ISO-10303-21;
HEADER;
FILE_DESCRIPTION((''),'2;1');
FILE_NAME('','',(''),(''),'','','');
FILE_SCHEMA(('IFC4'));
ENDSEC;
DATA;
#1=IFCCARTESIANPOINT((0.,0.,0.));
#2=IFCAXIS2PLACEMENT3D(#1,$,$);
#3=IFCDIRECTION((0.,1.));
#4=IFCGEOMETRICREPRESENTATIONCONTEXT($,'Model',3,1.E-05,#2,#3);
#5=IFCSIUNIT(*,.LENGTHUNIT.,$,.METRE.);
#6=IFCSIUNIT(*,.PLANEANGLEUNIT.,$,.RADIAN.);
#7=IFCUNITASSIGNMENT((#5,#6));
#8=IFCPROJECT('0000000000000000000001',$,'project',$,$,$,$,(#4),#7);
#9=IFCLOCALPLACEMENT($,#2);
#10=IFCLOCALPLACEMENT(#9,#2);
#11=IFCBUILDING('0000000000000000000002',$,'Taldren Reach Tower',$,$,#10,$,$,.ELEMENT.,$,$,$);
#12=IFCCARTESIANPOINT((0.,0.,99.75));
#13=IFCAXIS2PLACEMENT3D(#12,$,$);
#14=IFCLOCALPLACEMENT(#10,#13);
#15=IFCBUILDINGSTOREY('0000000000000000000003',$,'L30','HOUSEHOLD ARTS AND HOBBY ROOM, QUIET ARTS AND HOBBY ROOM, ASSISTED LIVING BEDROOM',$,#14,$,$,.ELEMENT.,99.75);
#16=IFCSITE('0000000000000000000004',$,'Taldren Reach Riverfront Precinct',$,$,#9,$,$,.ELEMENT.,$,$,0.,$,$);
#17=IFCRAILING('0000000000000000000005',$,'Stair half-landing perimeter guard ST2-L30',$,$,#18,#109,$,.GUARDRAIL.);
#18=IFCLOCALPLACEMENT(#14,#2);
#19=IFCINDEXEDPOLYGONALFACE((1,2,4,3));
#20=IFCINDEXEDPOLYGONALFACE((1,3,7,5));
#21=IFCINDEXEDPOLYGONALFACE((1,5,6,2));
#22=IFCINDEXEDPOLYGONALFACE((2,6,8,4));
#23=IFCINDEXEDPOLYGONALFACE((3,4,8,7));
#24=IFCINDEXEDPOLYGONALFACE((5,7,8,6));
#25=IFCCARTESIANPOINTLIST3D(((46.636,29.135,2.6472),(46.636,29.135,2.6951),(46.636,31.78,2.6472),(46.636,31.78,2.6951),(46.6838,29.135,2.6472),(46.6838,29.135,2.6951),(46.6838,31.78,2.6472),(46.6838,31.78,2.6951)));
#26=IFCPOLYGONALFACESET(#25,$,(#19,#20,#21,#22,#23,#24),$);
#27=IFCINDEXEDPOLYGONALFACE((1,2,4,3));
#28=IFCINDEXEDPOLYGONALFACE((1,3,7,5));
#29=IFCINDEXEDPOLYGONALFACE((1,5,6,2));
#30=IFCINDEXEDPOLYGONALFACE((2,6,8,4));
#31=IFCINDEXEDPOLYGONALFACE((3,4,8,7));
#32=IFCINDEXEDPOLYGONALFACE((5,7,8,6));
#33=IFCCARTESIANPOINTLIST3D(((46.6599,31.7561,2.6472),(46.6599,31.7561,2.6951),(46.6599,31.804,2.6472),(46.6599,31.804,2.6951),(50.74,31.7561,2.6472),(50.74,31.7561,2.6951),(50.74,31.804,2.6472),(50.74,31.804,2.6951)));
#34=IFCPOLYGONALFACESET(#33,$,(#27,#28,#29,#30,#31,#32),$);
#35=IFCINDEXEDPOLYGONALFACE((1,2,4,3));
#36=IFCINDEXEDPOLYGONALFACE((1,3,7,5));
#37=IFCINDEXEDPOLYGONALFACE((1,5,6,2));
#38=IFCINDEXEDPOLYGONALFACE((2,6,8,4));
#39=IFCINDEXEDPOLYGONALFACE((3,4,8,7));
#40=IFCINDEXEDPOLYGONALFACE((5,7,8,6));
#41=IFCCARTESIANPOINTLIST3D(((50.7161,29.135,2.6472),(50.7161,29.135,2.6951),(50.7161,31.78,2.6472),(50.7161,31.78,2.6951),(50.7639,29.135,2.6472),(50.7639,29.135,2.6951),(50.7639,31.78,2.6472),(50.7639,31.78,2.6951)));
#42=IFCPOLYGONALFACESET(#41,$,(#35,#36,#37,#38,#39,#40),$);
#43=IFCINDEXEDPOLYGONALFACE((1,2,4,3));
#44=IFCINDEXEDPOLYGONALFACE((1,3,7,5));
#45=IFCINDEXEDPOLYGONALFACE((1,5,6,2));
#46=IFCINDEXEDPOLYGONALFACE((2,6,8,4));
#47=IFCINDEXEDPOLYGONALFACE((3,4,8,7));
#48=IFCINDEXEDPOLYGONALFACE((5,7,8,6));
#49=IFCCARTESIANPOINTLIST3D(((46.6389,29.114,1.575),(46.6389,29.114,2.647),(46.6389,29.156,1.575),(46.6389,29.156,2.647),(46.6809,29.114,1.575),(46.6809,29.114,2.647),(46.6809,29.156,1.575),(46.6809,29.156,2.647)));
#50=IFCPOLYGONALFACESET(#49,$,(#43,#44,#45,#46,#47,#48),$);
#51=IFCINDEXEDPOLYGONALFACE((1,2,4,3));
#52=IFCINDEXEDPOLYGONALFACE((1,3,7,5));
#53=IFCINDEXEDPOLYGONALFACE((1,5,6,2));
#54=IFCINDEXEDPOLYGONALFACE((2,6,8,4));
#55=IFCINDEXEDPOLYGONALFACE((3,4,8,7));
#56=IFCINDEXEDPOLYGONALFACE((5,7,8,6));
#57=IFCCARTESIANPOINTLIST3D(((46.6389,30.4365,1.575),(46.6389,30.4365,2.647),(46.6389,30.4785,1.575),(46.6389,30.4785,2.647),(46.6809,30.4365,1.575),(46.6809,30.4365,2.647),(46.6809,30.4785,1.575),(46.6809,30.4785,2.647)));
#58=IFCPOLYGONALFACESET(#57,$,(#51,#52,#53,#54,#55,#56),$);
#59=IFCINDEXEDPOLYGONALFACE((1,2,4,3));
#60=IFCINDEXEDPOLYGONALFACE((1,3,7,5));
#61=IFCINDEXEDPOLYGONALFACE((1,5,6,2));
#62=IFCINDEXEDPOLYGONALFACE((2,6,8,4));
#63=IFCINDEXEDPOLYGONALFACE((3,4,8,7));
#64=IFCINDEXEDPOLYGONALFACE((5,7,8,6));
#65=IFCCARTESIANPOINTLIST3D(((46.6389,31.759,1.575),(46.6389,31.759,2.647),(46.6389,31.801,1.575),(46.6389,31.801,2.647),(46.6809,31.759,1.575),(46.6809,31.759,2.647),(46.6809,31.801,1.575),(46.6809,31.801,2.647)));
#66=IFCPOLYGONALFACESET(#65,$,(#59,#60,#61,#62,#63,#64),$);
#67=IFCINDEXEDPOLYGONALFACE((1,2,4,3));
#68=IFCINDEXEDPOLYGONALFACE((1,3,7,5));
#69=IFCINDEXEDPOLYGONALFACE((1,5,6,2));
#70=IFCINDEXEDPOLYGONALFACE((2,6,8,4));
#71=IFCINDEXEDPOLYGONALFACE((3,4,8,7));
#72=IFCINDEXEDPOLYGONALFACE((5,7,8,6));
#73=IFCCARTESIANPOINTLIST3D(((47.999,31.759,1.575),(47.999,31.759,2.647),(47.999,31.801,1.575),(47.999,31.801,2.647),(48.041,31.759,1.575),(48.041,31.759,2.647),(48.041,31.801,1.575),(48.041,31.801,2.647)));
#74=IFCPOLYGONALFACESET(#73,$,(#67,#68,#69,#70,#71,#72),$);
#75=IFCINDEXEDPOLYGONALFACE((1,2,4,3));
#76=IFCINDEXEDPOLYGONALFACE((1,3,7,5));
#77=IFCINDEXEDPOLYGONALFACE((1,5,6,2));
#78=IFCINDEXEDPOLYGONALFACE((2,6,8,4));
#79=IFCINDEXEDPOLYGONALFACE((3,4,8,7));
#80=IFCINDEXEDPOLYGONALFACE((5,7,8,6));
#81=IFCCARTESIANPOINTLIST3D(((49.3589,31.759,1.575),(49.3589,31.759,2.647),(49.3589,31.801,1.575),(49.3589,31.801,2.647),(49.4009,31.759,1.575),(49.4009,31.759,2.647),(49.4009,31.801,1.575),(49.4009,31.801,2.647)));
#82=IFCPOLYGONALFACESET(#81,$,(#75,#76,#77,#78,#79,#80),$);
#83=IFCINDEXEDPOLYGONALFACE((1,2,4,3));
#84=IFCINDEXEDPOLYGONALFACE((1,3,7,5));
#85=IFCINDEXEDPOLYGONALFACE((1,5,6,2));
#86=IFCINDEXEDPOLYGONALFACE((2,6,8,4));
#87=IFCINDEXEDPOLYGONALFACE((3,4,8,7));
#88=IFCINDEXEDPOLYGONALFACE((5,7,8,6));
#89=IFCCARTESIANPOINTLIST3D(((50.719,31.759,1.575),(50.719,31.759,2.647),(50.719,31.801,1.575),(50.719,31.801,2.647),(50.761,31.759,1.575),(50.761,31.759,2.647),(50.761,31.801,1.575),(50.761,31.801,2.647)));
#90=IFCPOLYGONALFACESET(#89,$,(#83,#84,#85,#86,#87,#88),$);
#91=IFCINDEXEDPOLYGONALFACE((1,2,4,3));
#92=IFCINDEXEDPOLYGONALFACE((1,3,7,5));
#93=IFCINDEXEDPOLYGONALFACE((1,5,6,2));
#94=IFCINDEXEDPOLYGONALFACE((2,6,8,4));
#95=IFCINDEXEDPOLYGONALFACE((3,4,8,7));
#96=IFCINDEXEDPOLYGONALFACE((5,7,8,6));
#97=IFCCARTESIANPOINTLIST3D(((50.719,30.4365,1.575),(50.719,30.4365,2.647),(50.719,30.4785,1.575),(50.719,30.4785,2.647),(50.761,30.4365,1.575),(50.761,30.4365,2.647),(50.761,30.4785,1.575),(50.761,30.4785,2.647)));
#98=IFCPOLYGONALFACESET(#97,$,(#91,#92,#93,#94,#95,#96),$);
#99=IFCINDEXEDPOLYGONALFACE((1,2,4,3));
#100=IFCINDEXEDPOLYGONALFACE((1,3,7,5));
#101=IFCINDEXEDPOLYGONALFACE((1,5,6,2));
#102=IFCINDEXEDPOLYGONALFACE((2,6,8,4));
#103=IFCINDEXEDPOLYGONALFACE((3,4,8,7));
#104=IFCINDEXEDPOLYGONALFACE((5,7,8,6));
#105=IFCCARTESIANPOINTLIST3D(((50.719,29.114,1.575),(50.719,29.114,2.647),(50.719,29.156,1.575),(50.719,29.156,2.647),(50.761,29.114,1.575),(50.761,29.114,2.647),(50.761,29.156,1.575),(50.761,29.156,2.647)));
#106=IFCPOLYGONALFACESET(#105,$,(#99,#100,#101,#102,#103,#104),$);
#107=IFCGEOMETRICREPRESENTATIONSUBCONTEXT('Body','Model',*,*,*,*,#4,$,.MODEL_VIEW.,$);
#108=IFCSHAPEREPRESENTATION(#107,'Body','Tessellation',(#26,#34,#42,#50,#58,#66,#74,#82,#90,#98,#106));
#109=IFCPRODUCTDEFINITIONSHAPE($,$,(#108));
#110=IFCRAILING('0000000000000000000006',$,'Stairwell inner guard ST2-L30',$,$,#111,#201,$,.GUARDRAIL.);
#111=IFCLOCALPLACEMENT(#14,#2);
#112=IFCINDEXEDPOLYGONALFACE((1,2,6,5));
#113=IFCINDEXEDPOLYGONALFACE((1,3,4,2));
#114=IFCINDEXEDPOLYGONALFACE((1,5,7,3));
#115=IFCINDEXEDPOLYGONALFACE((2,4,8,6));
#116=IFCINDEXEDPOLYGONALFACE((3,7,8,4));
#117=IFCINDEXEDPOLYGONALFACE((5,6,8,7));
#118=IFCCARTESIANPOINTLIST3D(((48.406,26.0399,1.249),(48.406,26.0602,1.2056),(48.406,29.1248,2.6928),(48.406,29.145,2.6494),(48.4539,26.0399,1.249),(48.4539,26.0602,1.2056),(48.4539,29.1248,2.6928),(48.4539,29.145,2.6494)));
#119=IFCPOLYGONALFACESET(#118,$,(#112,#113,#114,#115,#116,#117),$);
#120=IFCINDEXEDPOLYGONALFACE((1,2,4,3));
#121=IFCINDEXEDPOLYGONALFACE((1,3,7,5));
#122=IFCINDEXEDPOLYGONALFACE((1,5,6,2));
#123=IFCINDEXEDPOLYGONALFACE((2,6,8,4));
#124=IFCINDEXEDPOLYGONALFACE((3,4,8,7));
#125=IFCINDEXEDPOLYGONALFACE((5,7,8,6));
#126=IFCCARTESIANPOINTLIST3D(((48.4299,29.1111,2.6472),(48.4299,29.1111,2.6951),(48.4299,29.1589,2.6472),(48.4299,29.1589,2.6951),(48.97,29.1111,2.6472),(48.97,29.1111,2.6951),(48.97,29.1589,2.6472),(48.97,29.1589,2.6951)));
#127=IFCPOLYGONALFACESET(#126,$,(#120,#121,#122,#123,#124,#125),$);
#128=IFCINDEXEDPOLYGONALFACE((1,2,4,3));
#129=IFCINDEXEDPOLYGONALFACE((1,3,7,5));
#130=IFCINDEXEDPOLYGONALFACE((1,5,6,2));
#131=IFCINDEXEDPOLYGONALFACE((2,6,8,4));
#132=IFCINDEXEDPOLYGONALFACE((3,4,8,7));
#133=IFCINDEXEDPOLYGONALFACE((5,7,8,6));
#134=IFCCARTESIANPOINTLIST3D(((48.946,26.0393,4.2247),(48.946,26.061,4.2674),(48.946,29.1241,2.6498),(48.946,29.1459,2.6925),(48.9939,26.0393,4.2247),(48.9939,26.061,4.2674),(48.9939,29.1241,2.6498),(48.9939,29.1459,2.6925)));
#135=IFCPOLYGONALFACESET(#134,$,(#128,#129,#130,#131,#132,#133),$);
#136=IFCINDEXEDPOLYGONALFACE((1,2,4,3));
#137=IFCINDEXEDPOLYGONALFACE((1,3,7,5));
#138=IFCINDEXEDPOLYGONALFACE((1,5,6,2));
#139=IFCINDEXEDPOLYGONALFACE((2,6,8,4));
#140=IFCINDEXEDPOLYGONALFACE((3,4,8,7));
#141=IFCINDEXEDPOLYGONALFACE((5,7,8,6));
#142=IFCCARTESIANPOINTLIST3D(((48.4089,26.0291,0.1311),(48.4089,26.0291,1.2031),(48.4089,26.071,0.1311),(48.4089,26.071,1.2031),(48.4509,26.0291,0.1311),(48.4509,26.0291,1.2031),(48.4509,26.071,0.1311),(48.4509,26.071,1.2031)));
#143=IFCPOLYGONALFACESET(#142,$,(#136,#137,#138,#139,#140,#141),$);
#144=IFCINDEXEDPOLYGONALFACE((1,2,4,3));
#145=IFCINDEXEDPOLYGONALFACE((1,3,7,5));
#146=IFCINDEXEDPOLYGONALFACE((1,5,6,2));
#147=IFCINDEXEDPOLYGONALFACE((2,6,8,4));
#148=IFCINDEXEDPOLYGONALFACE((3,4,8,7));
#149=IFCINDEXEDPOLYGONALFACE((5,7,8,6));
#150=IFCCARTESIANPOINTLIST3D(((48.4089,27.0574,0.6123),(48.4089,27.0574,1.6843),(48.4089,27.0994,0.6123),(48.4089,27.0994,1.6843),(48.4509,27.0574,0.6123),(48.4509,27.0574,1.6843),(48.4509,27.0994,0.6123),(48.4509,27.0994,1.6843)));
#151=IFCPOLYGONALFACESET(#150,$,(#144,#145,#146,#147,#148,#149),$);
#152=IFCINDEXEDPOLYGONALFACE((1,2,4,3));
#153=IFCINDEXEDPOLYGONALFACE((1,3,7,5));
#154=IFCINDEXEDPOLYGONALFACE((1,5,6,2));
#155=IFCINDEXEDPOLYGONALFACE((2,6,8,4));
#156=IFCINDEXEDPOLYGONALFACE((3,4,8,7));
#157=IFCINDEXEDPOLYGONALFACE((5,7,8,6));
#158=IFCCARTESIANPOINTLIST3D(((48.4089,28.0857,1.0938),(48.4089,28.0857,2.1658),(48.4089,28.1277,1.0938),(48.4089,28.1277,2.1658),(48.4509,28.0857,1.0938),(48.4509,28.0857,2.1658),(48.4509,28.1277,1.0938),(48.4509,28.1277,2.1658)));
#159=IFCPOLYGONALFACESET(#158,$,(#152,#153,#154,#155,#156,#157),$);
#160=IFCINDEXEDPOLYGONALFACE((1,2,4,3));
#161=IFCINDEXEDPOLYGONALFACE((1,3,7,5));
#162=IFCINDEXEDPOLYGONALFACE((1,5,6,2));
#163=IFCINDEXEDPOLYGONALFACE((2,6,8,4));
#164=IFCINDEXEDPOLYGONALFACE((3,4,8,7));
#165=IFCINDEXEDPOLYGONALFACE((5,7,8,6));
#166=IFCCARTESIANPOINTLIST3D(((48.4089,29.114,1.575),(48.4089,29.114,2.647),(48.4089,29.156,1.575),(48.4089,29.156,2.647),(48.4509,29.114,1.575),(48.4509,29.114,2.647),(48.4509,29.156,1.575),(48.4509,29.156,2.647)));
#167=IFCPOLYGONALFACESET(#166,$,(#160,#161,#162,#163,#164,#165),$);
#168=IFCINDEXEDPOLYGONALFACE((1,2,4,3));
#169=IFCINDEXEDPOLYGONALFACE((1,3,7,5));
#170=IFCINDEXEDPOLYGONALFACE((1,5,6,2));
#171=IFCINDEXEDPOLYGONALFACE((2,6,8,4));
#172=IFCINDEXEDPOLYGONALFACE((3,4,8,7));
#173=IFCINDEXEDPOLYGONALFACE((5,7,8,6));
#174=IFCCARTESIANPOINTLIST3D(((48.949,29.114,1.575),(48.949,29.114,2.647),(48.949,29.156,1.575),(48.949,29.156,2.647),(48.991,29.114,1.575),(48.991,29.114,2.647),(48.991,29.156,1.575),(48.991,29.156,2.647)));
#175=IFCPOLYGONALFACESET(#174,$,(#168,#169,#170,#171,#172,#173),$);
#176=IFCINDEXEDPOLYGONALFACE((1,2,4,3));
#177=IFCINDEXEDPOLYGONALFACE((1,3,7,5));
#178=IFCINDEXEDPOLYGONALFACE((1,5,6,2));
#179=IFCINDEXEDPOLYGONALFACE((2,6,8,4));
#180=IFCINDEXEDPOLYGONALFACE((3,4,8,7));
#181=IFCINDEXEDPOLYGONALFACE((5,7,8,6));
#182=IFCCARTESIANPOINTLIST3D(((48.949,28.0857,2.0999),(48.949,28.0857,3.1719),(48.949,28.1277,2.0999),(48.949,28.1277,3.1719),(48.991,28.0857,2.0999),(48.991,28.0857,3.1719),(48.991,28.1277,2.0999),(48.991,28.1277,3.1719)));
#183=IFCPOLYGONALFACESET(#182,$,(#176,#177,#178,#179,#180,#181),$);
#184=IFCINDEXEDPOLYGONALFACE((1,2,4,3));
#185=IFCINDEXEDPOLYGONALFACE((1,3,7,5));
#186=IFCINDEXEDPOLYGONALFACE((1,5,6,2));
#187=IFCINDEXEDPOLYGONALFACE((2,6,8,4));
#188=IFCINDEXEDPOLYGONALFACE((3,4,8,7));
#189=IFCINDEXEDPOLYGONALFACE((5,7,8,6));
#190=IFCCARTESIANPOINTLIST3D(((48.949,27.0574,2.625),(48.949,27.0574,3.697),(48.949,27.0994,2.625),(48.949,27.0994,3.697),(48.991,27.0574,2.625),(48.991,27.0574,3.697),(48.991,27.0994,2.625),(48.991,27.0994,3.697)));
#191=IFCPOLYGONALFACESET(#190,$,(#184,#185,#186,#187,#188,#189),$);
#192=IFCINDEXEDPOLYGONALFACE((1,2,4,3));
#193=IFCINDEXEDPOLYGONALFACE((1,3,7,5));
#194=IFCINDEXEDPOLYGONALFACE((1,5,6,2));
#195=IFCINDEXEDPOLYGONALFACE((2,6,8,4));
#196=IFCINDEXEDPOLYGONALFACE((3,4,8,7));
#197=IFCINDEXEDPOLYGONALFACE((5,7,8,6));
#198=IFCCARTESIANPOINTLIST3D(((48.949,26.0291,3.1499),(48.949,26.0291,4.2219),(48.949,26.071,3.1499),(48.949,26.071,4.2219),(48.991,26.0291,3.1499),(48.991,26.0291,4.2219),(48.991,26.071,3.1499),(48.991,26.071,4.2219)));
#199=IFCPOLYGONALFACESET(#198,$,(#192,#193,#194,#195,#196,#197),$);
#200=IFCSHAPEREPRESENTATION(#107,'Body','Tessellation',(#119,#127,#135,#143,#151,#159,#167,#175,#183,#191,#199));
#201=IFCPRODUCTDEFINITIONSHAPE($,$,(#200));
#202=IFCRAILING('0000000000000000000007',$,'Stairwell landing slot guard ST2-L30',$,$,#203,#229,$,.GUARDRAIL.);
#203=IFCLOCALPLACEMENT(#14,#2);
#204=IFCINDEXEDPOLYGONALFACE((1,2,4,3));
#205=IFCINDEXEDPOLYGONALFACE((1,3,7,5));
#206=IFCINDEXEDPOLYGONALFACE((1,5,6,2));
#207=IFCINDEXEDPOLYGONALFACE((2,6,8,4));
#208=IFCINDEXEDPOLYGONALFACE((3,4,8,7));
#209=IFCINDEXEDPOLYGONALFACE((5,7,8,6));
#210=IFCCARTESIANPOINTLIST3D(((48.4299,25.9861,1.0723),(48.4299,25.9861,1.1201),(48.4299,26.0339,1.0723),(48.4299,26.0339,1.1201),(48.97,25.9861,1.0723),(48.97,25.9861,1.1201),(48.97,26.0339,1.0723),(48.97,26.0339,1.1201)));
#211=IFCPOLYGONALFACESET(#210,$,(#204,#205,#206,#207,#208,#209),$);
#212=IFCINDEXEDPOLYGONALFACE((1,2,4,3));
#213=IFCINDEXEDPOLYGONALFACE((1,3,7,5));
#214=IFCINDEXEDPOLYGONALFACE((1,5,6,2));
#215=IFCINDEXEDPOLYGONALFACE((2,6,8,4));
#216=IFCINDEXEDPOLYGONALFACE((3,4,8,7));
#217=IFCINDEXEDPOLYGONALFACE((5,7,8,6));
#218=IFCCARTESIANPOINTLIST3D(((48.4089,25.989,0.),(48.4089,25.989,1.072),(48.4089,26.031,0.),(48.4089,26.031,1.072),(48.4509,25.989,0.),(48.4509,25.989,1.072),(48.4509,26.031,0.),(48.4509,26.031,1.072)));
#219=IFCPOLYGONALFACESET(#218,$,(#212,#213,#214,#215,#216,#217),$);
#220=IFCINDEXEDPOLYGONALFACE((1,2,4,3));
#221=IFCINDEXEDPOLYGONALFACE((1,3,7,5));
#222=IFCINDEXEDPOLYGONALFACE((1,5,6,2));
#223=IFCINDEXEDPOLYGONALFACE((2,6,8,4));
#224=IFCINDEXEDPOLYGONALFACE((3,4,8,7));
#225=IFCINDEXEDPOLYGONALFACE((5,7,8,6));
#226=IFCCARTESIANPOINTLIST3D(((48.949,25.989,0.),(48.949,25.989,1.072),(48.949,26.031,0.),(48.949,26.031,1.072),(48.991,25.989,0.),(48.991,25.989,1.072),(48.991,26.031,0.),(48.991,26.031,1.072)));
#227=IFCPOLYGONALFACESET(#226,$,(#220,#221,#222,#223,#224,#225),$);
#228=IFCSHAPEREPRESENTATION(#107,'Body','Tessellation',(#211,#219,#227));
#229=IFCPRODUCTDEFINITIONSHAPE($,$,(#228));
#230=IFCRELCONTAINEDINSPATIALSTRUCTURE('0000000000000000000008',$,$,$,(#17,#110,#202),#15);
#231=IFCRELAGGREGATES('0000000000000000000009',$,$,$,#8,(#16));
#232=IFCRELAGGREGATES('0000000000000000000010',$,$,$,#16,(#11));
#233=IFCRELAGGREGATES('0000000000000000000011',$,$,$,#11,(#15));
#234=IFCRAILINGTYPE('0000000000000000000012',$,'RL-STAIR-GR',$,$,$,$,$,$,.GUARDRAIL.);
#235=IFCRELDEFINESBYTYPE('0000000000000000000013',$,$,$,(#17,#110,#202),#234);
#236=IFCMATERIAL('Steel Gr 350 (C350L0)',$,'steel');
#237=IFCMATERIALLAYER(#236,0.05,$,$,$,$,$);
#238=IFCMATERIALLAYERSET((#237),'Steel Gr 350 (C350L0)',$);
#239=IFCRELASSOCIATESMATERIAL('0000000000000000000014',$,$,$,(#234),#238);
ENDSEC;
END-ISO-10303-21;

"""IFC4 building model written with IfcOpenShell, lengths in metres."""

from ifc_helpers import new_model, si_unit, direction, frame, origin, origin_2d, place, context, subcontext, project, spatial, rectangle, extrude, material, layer, layer_set, type_object, element, save


model = new_model("IFC4")

# Units and contexts
model_context = context("Model", 3, precision=1e-05, world=origin(), true_north=direction((0.0, 1.0)))
body_context = subcontext(model_context, "Body", "Model", "MODEL_VIEW")
ifc_project = project(units=[si_unit("LENGTHUNIT", "METRE"), si_unit("PLANEANGLEUNIT", "RADIAN")], contexts=[model_context])

# Site, building, storey
site_placement = place(None, origin())
site = spatial("IfcSite", under=ifc_project, at=site_placement, Name="Taldren Reach Riverfront Precinct", CompositionType="ELEMENT", RefElevation=0.0)
building_placement = place(site_placement, origin())
building = spatial("IfcBuilding", under=site, at=building_placement, Name="Taldren Reach Tower", CompositionType="ELEMENT")
storey_placement = place(building_placement, frame((0.0, 0.0, 99.75)))
storey = spatial("IfcBuildingStorey", under=building, at=storey_placement, Name="L30", Description="HOUSEHOLD ARTS AND HOBBY ROOM, QUIET ARTS AND HOBBY ROOM, ASSISTED LIVING BEDROOM", CompositionType="ELEMENT", Elevation=99.75)

# Shared definitions
ifc_material_1 = material(Name="Steel Gr 350 (C350L0)", Category="steel")

# Railings
ifc_layer_1 = layer(ifc_material_1, 0.05)
ifc_layer_set_1 = layer_set([ifc_layer_1], Name="Steel Gr 350 (C350L0)")
railing_type_1 = type_object("IfcRailingType", Name="RL-STAIR-GR", PredefinedType="GUARDRAIL", material=ifc_layer_set_1)
railing_1_placement = place(storey_placement, frame((46.6599, 29.135, 1.575)))
element("IfcRailing", 1, at=railing_1_placement, inside=storey, type_object=railing_type_1, Name="Stair half-landing perimeter guard ST2-L30", PredefinedType="GUARDRAIL", context=body_context, shape_type="SweptSolid", body=[
    extrude(rectangle(XDim=0.0479, YDim=0.0479, at=origin_2d()), frame((0.0, 0.0, 1.0962), z_axis=(0.0, 1.0, 0.0), x_axis=(-1.0, 0.0, 0.0)), (0.0, 0.0, 1.0), 2.645),
    extrude(rectangle(XDim=0.0479, YDim=0.0479, at=origin_2d()), frame((0.0, 2.645, 1.0962), z_axis=(1.0, 0.0, 0.0), x_axis=(0.0, 1.0, 0.0)), (0.0, 0.0, 1.0), 4.0801),
    extrude(rectangle(XDim=0.0479, YDim=0.0479, at=origin_2d()), frame((4.0801, 2.645, 1.0962), z_axis=(0.0, -1.0, 0.0), x_axis=(1.0, 0.0, 0.0)), (0.0, 0.0, 1.0), 2.645),
    extrude(rectangle(XDim=0.042, YDim=0.042, at=origin_2d()), origin(), (0.0, 0.0, 1.0), 1.072),
    extrude(rectangle(XDim=0.042, YDim=0.042, at=origin_2d()), frame((0.0, 1.3225, 0.0)), (0.0, 0.0, 1.0), 1.072),
    extrude(rectangle(XDim=0.042, YDim=0.042, at=origin_2d()), frame((0.0, 2.645, 0.0)), (0.0, 0.0, 1.0), 1.072),
    extrude(rectangle(XDim=0.042, YDim=0.042, at=origin_2d()), frame((1.3601, 2.645, 0.0)), (0.0, 0.0, 1.0), 1.072),
    extrude(rectangle(XDim=0.042, YDim=0.042, at=origin_2d()), frame((2.72, 2.645, 0.0)), (0.0, 0.0, 1.0), 1.072),
    extrude(rectangle(XDim=0.042, YDim=0.042, at=origin_2d()), frame((4.0801, 2.645, 0.0)), (0.0, 0.0, 1.0), 1.072),
    extrude(rectangle(XDim=0.042, YDim=0.042, at=origin_2d()), frame((4.0801, 1.3225, 0.0)), (0.0, 0.0, 1.0), 1.072),
    extrude(rectangle(XDim=0.042, YDim=0.042, at=origin_2d()), frame((4.0801, 0.0, 0.0)), (0.0, 0.0, 1.0), 1.072),
])
railing_2_placement = place(storey_placement, frame((48.4299, 26.05, 0.1311)))
element("IfcRailing", 2, at=railing_2_placement, inside=storey, type_object=railing_type_1, Name="Stairwell inner guard ST2-L30", PredefinedType="GUARDRAIL", context=body_context, shape_type="SweptSolid", body=[
    extrude(rectangle(XDim=0.0479, YDim=0.0479, at=origin_2d()), frame((0.0, 0.0, 1.0962), z_axis=(0.0, 0.90571, 0.423898), x_axis=(-1.0, 0.0, 0.0)), (0.0, 0.0, 1.0), 3.406),
    extrude(rectangle(XDim=0.0479, YDim=0.0479, at=origin_2d()), frame((0.0, 3.085, 2.54), z_axis=(1.0, 0.0, 0.0), x_axis=(0.0, 1.0, 0.0)), (0.0, 0.0, 1.0), 0.54),
    extrude(rectangle(XDim=0.0479, YDim=0.0479, at=origin_2d()), frame((0.54, 3.085, 2.54), z_axis=(0.0, -0.890646, 0.454697), x_axis=(1.0, 0.0, 0.0)), (0.0, 0.0, 1.0), 3.4636),
    extrude(rectangle(XDim=0.042, YDim=0.042, at=origin_2d()), origin(), (0.0, 0.0, 1.0), 1.072),
    extrude(rectangle(XDim=0.042, YDim=0.042, at=origin_2d()), frame((0.0, 1.0283, 0.4812)), (0.0, 0.0, 1.0), 1.072),
    extrude(rectangle(XDim=0.042, YDim=0.042, at=origin_2d()), frame((0.0, 2.0566, 0.9626)), (0.0, 0.0, 1.0), 1.072),
    extrude(rectangle(XDim=0.042, YDim=0.042, at=origin_2d()), frame((0.0, 3.085, 1.4438)), (0.0, 0.0, 1.0), 1.072),
    extrude(rectangle(XDim=0.042, YDim=0.042, at=origin_2d()), frame((0.54, 3.085, 1.4438)), (0.0, 0.0, 1.0), 1.072),
    extrude(rectangle(XDim=0.042, YDim=0.042, at=origin_2d()), frame((0.54, 2.0566, 1.9688)), (0.0, 0.0, 1.0), 1.072),
    extrude(rectangle(XDim=0.042, YDim=0.042, at=origin_2d()), frame((0.54, 1.0283, 2.4939)), (0.0, 0.0, 1.0), 1.072),
    extrude(rectangle(XDim=0.042, YDim=0.042, at=origin_2d()), frame((0.54, 0.0, 3.0188)), (0.0, 0.0, 1.0), 1.072),
])
railing_3_placement = place(storey_placement, frame((48.4299, 26.01, 0.0)))
element("IfcRailing", 3, at=railing_3_placement, inside=storey, type_object=railing_type_1, Name="Stairwell landing slot guard ST2-L30", PredefinedType="GUARDRAIL", context=body_context, shape_type="SweptSolid", body=[
    extrude(rectangle(XDim=0.0479, YDim=0.0479, at=origin_2d()), frame((0.0, 0.0, 1.0962), z_axis=(1.0, 0.0, 0.0), x_axis=(0.0, 1.0, 0.0)), (0.0, 0.0, 1.0), 0.54),
    extrude(rectangle(XDim=0.042, YDim=0.042, at=origin_2d()), origin(), (0.0, 0.0, 1.0), 1.072),
    extrude(rectangle(XDim=0.042, YDim=0.042, at=origin_2d()), frame((0.54, 0.0, 0.0)), (0.0, 0.0, 1.0), 1.072),
])

save(model, "model.ifc")
